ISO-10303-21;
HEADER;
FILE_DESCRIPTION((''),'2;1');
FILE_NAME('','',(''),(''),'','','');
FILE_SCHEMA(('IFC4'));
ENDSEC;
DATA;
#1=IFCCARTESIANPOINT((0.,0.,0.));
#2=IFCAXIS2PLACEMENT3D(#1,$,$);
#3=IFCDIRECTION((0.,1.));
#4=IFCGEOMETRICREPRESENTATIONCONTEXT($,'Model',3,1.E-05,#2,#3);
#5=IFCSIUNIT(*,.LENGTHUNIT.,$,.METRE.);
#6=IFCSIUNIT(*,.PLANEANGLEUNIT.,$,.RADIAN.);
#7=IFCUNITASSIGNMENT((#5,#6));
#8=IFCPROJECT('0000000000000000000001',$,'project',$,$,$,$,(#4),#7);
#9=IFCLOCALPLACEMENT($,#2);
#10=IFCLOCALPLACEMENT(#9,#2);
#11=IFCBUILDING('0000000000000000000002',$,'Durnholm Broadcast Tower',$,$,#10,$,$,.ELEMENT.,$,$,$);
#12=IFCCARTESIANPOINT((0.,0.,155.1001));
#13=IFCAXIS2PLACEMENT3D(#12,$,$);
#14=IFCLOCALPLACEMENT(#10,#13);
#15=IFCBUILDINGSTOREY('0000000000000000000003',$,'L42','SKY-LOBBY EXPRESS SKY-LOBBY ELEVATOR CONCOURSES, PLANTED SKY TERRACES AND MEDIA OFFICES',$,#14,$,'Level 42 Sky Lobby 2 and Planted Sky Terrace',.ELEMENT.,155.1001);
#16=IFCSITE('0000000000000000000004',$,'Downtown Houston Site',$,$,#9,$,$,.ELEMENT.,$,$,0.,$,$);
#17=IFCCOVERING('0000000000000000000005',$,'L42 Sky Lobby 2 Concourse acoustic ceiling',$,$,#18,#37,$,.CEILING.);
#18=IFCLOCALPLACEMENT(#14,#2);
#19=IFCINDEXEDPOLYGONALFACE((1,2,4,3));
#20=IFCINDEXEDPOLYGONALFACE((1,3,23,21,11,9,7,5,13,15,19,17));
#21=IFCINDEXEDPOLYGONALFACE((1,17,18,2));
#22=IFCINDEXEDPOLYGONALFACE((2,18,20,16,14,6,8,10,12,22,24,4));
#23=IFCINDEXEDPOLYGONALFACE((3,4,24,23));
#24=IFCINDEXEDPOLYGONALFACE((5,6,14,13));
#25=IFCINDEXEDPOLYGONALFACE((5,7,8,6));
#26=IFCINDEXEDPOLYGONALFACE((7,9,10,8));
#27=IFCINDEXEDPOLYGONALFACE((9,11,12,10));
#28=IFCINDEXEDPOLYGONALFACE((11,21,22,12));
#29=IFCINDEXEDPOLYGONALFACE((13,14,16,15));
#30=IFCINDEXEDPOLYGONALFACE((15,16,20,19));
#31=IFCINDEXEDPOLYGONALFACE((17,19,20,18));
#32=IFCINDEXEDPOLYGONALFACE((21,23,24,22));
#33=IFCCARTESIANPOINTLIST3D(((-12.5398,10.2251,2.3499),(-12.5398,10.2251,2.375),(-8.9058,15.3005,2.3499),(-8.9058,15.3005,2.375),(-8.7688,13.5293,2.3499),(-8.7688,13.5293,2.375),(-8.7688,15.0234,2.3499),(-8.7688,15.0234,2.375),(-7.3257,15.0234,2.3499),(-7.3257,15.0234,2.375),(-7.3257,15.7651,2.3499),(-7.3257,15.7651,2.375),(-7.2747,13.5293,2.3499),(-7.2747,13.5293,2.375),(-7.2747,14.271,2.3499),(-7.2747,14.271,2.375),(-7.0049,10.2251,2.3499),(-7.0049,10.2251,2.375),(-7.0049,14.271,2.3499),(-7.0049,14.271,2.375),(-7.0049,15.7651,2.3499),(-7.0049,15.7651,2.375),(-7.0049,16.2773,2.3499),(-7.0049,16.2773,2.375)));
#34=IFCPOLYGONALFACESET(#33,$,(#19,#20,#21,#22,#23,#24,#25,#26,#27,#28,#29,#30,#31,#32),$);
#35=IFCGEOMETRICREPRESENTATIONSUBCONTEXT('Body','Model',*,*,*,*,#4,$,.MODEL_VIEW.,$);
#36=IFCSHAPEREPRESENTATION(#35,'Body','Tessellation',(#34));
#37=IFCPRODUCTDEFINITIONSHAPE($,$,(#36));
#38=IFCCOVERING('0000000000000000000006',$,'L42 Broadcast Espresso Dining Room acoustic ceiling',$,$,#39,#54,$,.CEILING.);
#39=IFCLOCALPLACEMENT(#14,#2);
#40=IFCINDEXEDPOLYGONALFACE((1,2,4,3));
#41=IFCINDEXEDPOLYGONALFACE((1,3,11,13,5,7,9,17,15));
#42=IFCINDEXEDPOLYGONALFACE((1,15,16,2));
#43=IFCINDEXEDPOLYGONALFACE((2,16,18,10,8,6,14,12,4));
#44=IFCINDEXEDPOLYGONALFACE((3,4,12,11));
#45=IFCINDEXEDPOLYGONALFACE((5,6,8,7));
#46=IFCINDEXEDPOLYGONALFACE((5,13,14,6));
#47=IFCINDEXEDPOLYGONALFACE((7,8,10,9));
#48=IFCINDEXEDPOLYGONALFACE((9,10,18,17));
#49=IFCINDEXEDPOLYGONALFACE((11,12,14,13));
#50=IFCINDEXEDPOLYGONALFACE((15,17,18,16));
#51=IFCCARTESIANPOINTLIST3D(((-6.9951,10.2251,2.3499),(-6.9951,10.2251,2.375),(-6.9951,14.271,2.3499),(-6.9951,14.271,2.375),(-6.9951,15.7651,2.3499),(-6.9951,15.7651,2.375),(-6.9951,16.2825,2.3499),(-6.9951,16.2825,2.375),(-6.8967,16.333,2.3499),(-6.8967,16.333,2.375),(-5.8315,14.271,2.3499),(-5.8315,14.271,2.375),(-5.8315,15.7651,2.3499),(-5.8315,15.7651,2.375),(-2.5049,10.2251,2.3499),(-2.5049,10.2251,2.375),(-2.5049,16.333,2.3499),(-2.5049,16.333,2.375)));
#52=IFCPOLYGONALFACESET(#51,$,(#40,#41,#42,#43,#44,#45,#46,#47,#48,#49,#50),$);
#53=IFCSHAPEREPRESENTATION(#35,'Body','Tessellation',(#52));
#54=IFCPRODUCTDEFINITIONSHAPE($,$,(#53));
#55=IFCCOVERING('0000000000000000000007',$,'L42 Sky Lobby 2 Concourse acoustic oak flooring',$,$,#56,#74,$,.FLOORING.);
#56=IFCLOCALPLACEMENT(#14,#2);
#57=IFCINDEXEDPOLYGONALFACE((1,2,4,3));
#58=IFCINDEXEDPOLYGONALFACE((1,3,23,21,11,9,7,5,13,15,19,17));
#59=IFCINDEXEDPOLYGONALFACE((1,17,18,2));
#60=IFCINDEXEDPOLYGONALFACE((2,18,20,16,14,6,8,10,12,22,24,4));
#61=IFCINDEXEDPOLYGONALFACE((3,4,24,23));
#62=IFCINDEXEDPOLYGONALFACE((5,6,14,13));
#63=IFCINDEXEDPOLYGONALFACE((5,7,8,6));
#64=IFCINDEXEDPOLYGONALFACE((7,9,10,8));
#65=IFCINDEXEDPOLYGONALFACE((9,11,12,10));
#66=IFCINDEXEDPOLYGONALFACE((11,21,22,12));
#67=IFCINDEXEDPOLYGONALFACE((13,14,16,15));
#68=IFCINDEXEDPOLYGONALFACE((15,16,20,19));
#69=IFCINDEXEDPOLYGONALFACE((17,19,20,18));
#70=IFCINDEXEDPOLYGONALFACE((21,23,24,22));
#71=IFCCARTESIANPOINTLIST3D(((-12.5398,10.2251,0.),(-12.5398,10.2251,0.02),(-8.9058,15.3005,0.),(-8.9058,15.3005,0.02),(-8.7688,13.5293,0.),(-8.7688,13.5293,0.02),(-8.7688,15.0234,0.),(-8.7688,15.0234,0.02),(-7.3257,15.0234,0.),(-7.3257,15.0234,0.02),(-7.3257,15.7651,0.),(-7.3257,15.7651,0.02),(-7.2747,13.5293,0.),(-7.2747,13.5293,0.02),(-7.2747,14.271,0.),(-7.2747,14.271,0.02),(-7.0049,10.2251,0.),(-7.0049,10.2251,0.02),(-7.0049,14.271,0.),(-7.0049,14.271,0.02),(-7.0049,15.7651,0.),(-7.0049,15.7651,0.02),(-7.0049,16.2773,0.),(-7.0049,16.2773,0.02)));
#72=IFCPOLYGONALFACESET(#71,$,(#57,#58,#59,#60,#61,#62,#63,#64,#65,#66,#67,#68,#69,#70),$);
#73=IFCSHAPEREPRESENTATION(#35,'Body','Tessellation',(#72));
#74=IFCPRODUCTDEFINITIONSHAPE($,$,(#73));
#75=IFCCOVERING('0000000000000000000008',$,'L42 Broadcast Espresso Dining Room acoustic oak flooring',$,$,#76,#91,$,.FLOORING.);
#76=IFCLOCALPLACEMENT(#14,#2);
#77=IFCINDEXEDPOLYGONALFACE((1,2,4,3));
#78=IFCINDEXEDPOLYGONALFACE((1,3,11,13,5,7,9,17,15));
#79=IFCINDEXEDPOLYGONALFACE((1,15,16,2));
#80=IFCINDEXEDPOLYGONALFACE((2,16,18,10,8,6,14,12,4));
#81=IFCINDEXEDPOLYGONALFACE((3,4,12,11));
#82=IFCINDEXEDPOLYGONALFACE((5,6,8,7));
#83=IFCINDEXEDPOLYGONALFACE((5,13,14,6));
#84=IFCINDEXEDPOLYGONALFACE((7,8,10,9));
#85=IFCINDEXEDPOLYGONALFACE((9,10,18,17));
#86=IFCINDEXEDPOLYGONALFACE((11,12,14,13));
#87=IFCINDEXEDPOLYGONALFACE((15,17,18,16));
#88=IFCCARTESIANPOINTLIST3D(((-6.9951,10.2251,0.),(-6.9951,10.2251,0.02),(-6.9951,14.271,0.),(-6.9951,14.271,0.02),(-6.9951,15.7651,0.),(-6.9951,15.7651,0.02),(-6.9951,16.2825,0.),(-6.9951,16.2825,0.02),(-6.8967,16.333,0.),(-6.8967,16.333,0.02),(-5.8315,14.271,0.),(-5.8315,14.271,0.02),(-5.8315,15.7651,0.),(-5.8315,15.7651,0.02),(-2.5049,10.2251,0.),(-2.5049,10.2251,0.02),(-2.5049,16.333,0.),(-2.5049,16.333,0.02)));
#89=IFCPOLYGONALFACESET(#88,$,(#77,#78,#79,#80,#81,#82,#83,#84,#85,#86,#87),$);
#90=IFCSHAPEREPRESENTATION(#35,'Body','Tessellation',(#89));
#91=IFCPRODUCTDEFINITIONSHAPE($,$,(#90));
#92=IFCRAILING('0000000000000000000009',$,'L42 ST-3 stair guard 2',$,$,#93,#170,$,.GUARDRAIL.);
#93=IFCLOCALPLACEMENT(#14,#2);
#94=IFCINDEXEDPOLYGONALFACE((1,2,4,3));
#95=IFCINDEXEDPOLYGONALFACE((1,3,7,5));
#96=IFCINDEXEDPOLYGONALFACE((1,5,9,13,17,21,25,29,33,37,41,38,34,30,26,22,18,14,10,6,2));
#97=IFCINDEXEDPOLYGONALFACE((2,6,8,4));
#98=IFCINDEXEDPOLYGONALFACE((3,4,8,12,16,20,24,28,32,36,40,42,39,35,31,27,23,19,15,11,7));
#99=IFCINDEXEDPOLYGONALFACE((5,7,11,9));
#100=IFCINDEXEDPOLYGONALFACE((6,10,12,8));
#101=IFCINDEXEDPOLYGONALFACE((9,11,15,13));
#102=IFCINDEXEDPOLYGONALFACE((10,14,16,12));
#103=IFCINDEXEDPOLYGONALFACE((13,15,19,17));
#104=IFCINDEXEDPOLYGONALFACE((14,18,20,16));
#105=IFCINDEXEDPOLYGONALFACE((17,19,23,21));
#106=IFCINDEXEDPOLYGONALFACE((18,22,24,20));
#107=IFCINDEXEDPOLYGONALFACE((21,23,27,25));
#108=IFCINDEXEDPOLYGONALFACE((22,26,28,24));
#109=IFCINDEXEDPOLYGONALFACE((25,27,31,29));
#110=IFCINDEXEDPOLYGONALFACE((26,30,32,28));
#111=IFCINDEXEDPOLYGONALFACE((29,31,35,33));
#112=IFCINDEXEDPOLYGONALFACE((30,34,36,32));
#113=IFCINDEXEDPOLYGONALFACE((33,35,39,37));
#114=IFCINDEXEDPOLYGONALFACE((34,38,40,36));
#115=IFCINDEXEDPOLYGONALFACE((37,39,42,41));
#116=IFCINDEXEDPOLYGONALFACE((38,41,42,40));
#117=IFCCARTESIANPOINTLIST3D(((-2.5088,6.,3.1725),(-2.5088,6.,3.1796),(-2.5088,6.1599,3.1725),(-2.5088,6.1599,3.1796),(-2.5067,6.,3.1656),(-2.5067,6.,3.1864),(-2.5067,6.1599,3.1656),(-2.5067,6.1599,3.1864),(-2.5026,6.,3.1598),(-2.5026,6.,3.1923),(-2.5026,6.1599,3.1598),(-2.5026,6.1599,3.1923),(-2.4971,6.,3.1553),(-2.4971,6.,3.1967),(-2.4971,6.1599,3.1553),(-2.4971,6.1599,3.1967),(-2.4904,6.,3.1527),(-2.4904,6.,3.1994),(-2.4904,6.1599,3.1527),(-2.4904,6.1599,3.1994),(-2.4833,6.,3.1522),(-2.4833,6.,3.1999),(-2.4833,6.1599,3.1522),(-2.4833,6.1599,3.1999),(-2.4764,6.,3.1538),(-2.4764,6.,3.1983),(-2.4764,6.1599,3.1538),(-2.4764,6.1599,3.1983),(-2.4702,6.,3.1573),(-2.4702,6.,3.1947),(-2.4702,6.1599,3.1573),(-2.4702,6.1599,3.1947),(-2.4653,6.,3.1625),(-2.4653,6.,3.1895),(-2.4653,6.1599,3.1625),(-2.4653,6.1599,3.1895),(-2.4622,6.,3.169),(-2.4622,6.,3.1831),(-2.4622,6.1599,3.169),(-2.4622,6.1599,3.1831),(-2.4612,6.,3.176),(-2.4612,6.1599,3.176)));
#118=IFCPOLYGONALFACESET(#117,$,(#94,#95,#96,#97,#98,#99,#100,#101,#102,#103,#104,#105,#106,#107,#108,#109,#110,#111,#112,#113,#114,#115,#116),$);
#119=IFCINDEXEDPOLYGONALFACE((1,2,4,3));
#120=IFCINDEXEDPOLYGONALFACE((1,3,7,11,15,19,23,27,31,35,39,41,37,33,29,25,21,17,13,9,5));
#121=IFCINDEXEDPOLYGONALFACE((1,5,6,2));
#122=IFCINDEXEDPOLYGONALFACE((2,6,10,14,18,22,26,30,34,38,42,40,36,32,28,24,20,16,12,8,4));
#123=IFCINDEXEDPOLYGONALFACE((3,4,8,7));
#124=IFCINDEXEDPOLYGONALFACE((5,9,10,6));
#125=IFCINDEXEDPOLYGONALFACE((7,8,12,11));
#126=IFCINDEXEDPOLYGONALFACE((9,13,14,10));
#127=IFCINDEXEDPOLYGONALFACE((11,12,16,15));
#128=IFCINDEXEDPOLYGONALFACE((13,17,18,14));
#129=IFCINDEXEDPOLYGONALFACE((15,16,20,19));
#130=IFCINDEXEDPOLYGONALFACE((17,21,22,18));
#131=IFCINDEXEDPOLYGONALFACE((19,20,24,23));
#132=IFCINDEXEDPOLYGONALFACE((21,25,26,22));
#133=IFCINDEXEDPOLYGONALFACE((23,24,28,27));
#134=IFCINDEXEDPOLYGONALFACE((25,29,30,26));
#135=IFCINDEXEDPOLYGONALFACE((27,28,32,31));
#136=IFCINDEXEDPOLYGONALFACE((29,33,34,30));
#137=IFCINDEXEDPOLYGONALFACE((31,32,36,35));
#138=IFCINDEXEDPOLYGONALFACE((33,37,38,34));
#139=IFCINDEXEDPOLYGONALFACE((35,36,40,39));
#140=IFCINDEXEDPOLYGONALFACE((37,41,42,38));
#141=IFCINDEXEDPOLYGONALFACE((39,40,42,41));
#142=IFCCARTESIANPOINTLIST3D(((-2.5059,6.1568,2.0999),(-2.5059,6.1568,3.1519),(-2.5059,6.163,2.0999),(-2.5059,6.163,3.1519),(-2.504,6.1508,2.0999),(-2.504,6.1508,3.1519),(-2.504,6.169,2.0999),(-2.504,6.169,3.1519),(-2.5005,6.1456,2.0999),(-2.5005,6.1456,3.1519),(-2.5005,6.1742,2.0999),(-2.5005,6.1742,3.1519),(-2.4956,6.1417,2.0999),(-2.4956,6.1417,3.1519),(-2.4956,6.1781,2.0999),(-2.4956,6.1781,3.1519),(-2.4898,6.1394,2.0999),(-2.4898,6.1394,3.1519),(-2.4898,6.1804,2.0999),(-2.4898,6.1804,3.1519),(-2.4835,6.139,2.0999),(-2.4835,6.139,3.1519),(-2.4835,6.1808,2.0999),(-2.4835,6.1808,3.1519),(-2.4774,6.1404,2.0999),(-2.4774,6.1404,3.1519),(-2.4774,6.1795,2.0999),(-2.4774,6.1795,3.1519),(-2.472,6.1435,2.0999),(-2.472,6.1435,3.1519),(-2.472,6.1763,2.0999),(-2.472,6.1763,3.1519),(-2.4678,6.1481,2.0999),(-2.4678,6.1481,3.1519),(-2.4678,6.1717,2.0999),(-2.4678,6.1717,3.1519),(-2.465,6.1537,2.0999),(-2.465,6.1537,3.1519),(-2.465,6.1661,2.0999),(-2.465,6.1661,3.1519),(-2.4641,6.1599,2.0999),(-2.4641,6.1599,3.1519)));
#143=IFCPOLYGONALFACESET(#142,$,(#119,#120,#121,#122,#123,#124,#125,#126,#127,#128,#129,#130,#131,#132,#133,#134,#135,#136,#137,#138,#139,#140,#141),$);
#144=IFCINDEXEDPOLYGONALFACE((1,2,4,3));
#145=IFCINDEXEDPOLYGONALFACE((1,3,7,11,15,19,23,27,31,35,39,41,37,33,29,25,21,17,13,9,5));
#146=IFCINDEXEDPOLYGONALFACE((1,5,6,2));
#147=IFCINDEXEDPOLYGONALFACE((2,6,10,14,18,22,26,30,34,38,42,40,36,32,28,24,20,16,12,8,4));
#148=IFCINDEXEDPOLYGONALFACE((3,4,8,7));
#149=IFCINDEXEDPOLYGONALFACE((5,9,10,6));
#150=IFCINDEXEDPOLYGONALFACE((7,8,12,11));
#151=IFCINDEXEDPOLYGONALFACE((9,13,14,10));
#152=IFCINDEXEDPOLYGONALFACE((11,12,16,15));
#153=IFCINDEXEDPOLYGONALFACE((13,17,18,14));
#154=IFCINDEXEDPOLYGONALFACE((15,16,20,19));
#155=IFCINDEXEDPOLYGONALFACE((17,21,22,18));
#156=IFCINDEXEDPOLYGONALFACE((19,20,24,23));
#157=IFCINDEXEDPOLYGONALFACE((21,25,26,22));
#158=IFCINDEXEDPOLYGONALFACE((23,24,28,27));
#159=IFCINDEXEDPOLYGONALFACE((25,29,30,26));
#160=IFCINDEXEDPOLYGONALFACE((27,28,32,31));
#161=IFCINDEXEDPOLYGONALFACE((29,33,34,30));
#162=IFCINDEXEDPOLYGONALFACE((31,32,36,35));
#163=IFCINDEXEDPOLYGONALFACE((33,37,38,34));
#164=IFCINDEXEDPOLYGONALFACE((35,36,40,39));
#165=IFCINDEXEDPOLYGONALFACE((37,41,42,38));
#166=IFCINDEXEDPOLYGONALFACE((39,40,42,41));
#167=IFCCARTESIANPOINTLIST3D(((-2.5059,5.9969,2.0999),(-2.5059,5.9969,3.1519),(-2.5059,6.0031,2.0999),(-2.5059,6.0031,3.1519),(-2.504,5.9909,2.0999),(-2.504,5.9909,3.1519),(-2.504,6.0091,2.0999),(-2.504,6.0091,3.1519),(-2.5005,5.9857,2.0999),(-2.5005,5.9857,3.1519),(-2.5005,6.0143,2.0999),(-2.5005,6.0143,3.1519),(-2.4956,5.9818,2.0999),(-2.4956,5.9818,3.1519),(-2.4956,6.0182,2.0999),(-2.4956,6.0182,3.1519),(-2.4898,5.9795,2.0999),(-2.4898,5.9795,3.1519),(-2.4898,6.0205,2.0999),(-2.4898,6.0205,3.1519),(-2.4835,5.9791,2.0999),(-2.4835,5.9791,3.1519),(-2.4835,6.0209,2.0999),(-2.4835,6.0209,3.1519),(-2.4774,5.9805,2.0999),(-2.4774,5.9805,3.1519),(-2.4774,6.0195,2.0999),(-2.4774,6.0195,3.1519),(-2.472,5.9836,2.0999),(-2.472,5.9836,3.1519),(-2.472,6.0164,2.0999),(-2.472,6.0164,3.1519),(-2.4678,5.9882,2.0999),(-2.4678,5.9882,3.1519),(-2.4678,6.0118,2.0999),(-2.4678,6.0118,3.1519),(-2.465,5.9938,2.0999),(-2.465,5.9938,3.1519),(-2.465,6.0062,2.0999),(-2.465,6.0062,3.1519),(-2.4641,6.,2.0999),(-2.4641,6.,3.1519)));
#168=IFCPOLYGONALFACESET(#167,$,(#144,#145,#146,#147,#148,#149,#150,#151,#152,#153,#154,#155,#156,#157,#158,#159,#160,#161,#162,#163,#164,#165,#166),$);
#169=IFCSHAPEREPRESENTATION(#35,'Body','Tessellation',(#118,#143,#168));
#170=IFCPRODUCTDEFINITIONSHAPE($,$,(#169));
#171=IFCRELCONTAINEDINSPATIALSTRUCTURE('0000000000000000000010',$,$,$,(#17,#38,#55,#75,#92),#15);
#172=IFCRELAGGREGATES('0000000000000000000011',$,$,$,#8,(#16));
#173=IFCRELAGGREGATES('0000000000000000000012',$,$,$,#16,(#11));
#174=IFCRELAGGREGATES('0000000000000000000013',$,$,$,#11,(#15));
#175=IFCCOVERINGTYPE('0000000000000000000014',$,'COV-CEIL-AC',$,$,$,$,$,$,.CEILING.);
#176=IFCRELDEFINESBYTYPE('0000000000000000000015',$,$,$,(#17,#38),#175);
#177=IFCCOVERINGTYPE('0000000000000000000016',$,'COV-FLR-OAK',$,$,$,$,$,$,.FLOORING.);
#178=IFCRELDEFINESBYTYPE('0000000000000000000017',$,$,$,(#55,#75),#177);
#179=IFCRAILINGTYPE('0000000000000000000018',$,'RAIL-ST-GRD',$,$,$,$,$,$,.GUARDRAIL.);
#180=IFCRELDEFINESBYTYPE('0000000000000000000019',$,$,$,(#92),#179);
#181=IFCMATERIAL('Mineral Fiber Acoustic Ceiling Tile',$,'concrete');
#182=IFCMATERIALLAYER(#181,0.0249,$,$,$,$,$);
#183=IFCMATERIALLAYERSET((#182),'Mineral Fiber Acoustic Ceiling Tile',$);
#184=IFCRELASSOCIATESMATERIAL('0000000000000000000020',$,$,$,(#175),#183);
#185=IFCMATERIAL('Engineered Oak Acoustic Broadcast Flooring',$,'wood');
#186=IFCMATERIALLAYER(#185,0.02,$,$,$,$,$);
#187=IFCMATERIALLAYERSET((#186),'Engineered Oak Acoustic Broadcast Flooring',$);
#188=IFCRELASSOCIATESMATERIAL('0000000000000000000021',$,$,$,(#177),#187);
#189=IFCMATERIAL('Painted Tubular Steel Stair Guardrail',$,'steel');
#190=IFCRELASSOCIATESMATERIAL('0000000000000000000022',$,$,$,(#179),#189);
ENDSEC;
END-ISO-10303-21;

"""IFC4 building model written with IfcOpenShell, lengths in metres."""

from ifc_helpers import new_model, si_unit, direction, frame, origin, origin_2d, place, context, subcontext, project, spatial, polyline, circle, outline, extrude, material, layer, layer_set, type_object, element, save


model = new_model("IFC4")

# Units and contexts
model_context = context("Model", 3, precision=1e-05, world=origin(), true_north=direction((0.0, 1.0)))
body_context = subcontext(model_context, "Body", "Model", "MODEL_VIEW")
ifc_project = project(units=[si_unit("LENGTHUNIT", "METRE"), si_unit("PLANEANGLEUNIT", "RADIAN")], contexts=[model_context])

# Site, building, storey
site_placement = place(None, origin())
site = spatial("IfcSite", under=ifc_project, at=site_placement, Name="Downtown Houston Site", CompositionType="ELEMENT", RefElevation=0.0)
building_placement = place(site_placement, origin())
building = spatial("IfcBuilding", under=site, at=building_placement, Name="Durnholm Broadcast Tower", CompositionType="ELEMENT")
storey_placement = place(building_placement, frame((0.0, 0.0, 155.1001)))
storey = spatial("IfcBuildingStorey", under=building, at=storey_placement, Name="L42", Description="SKY-LOBBY EXPRESS SKY-LOBBY ELEVATOR CONCOURSES, PLANTED SKY TERRACES AND MEDIA OFFICES", LongName="Level 42 Sky Lobby 2 and Planted Sky Terrace", CompositionType="ELEMENT", Elevation=155.1001)

# Coverings
ifc_material_1 = material(Name="Mineral Fiber Acoustic Ceiling Tile", Category="concrete")
ifc_layer_1 = layer(ifc_material_1, 0.0249)
ifc_layer_set_1 = layer_set([ifc_layer_1], Name="Mineral Fiber Acoustic Ceiling Tile")
covering_type_1 = type_object("IfcCoveringType", Name="COV-CEIL-AC", PredefinedType="CEILING", material=ifc_layer_set_1)
covering_1_placement = place(storey_placement, frame((0.0, 0.0, 2.3499)))
element("IfcCovering", 1, at=covering_1_placement, inside=storey, type_object=covering_type_1, Name="L42 Sky Lobby 2 Concourse acoustic ceiling", PredefinedType="CEILING", context=body_context, shape_type="SweptSolid", body=[
    extrude(outline(polyline([(-8.7688, 15.0234), (-7.3257, 15.0234), (-7.3257, 15.7651), (-7.0049, 15.7651), (-7.0049, 16.2773), (-8.9058, 15.3005), (-12.5398, 10.2251), (-7.0049, 10.2251), (-7.0049, 14.271), (-7.2747, 14.271), (-7.2747, 13.5293), (-8.7688, 13.5293), (-8.7688, 15.0234)])), origin(), (0.0, 0.0, 1.0), 0.0251),
])
covering_2_placement = place(storey_placement, frame((0.0, 0.0, 2.3499)))
element("IfcCovering", 2, at=covering_2_placement, inside=storey, type_object=covering_type_1, Name="L42 Broadcast Espresso Dining Room acoustic ceiling", PredefinedType="CEILING", context=body_context, shape_type="SweptSolid", body=[
    extrude(outline(polyline([(-6.9951, 15.7651), (-5.8315, 15.7651), (-5.8315, 14.271), (-6.9951, 14.271), (-6.9951, 10.2251), (-2.5049, 10.2251), (-2.5049, 16.333), (-6.8967, 16.333), (-6.9951, 16.2825), (-6.9951, 15.7651)])), origin(), (0.0, 0.0, 1.0), 0.0251),
])
ifc_material_2 = material(Name="Engineered Oak Acoustic Broadcast Flooring", Category="wood")
ifc_layer_2 = layer(ifc_material_2, 0.02)
ifc_layer_set_2 = layer_set([ifc_layer_2], Name="Engineered Oak Acoustic Broadcast Flooring")
covering_type_2 = type_object("IfcCoveringType", Name="COV-FLR-OAK", PredefinedType="FLOORING", material=ifc_layer_set_2)
covering_3_placement = place(storey_placement, origin())
element("IfcCovering", 3, at=covering_3_placement, inside=storey, type_object=covering_type_2, Name="L42 Sky Lobby 2 Concourse acoustic oak flooring", PredefinedType="FLOORING", context=body_context, shape_type="SweptSolid", body=[
    extrude(outline(polyline([(-8.7688, 15.0234), (-7.3257, 15.0234), (-7.3257, 15.7651), (-7.0049, 15.7651), (-7.0049, 16.2773), (-8.9058, 15.3005), (-12.5398, 10.2251), (-7.0049, 10.2251), (-7.0049, 14.271), (-7.2747, 14.271), (-7.2747, 13.5293), (-8.7688, 13.5293), (-8.7688, 15.0234)])), origin(), (0.0, 0.0, 1.0), 0.02),
])
covering_4_placement = place(storey_placement, origin())
element("IfcCovering", 4, at=covering_4_placement, inside=storey, type_object=covering_type_2, Name="L42 Broadcast Espresso Dining Room acoustic oak flooring", PredefinedType="FLOORING", context=body_context, shape_type="SweptSolid", body=[
    extrude(outline(polyline([(-6.9951, 15.7651), (-5.8315, 15.7651), (-5.8315, 14.271), (-6.9951, 14.271), (-6.9951, 10.2251), (-2.5049, 10.2251), (-2.5049, 16.333), (-6.8967, 16.333), (-6.9951, 16.2825), (-6.9951, 15.7651)])), origin(), (0.0, 0.0, 1.0), 0.02),
])

# Railing
ifc_material_3 = material(Name="Painted Tubular Steel Stair Guardrail", Category="steel")
railing_type_1 = type_object("IfcRailingType", Name="RAIL-ST-GRD", PredefinedType="GUARDRAIL", material=ifc_material_3)
railing_1_placement = place(storey_placement, frame((-2.4851, 6.1599, 2.0999)))
element("IfcRailing", 5, at=railing_1_placement, inside=storey, type_object=railing_type_1, Name="L42 ST-3 stair guard 2", PredefinedType="GUARDRAIL", context=body_context, shape_type="SweptSolid", body=[
    extrude(circle(Radius=0.0239, at=origin_2d()), frame((0.0, 0.0, 1.0762), z_axis=(0.0, -1.0, 0.0), x_axis=(1.0, 0.0, 0.0)), (0.0, 0.0, 1.0), 0.1599),
    extrude(circle(Radius=0.021, at=origin_2d()), origin(), (0.0, 0.0, 1.0), 1.052),
    extrude(circle(Radius=0.021, at=origin_2d()), frame((0.0, -0.1599, 0.0)), (0.0, 0.0, 1.0), 1.052),
])

save(model, "model.ifc")
